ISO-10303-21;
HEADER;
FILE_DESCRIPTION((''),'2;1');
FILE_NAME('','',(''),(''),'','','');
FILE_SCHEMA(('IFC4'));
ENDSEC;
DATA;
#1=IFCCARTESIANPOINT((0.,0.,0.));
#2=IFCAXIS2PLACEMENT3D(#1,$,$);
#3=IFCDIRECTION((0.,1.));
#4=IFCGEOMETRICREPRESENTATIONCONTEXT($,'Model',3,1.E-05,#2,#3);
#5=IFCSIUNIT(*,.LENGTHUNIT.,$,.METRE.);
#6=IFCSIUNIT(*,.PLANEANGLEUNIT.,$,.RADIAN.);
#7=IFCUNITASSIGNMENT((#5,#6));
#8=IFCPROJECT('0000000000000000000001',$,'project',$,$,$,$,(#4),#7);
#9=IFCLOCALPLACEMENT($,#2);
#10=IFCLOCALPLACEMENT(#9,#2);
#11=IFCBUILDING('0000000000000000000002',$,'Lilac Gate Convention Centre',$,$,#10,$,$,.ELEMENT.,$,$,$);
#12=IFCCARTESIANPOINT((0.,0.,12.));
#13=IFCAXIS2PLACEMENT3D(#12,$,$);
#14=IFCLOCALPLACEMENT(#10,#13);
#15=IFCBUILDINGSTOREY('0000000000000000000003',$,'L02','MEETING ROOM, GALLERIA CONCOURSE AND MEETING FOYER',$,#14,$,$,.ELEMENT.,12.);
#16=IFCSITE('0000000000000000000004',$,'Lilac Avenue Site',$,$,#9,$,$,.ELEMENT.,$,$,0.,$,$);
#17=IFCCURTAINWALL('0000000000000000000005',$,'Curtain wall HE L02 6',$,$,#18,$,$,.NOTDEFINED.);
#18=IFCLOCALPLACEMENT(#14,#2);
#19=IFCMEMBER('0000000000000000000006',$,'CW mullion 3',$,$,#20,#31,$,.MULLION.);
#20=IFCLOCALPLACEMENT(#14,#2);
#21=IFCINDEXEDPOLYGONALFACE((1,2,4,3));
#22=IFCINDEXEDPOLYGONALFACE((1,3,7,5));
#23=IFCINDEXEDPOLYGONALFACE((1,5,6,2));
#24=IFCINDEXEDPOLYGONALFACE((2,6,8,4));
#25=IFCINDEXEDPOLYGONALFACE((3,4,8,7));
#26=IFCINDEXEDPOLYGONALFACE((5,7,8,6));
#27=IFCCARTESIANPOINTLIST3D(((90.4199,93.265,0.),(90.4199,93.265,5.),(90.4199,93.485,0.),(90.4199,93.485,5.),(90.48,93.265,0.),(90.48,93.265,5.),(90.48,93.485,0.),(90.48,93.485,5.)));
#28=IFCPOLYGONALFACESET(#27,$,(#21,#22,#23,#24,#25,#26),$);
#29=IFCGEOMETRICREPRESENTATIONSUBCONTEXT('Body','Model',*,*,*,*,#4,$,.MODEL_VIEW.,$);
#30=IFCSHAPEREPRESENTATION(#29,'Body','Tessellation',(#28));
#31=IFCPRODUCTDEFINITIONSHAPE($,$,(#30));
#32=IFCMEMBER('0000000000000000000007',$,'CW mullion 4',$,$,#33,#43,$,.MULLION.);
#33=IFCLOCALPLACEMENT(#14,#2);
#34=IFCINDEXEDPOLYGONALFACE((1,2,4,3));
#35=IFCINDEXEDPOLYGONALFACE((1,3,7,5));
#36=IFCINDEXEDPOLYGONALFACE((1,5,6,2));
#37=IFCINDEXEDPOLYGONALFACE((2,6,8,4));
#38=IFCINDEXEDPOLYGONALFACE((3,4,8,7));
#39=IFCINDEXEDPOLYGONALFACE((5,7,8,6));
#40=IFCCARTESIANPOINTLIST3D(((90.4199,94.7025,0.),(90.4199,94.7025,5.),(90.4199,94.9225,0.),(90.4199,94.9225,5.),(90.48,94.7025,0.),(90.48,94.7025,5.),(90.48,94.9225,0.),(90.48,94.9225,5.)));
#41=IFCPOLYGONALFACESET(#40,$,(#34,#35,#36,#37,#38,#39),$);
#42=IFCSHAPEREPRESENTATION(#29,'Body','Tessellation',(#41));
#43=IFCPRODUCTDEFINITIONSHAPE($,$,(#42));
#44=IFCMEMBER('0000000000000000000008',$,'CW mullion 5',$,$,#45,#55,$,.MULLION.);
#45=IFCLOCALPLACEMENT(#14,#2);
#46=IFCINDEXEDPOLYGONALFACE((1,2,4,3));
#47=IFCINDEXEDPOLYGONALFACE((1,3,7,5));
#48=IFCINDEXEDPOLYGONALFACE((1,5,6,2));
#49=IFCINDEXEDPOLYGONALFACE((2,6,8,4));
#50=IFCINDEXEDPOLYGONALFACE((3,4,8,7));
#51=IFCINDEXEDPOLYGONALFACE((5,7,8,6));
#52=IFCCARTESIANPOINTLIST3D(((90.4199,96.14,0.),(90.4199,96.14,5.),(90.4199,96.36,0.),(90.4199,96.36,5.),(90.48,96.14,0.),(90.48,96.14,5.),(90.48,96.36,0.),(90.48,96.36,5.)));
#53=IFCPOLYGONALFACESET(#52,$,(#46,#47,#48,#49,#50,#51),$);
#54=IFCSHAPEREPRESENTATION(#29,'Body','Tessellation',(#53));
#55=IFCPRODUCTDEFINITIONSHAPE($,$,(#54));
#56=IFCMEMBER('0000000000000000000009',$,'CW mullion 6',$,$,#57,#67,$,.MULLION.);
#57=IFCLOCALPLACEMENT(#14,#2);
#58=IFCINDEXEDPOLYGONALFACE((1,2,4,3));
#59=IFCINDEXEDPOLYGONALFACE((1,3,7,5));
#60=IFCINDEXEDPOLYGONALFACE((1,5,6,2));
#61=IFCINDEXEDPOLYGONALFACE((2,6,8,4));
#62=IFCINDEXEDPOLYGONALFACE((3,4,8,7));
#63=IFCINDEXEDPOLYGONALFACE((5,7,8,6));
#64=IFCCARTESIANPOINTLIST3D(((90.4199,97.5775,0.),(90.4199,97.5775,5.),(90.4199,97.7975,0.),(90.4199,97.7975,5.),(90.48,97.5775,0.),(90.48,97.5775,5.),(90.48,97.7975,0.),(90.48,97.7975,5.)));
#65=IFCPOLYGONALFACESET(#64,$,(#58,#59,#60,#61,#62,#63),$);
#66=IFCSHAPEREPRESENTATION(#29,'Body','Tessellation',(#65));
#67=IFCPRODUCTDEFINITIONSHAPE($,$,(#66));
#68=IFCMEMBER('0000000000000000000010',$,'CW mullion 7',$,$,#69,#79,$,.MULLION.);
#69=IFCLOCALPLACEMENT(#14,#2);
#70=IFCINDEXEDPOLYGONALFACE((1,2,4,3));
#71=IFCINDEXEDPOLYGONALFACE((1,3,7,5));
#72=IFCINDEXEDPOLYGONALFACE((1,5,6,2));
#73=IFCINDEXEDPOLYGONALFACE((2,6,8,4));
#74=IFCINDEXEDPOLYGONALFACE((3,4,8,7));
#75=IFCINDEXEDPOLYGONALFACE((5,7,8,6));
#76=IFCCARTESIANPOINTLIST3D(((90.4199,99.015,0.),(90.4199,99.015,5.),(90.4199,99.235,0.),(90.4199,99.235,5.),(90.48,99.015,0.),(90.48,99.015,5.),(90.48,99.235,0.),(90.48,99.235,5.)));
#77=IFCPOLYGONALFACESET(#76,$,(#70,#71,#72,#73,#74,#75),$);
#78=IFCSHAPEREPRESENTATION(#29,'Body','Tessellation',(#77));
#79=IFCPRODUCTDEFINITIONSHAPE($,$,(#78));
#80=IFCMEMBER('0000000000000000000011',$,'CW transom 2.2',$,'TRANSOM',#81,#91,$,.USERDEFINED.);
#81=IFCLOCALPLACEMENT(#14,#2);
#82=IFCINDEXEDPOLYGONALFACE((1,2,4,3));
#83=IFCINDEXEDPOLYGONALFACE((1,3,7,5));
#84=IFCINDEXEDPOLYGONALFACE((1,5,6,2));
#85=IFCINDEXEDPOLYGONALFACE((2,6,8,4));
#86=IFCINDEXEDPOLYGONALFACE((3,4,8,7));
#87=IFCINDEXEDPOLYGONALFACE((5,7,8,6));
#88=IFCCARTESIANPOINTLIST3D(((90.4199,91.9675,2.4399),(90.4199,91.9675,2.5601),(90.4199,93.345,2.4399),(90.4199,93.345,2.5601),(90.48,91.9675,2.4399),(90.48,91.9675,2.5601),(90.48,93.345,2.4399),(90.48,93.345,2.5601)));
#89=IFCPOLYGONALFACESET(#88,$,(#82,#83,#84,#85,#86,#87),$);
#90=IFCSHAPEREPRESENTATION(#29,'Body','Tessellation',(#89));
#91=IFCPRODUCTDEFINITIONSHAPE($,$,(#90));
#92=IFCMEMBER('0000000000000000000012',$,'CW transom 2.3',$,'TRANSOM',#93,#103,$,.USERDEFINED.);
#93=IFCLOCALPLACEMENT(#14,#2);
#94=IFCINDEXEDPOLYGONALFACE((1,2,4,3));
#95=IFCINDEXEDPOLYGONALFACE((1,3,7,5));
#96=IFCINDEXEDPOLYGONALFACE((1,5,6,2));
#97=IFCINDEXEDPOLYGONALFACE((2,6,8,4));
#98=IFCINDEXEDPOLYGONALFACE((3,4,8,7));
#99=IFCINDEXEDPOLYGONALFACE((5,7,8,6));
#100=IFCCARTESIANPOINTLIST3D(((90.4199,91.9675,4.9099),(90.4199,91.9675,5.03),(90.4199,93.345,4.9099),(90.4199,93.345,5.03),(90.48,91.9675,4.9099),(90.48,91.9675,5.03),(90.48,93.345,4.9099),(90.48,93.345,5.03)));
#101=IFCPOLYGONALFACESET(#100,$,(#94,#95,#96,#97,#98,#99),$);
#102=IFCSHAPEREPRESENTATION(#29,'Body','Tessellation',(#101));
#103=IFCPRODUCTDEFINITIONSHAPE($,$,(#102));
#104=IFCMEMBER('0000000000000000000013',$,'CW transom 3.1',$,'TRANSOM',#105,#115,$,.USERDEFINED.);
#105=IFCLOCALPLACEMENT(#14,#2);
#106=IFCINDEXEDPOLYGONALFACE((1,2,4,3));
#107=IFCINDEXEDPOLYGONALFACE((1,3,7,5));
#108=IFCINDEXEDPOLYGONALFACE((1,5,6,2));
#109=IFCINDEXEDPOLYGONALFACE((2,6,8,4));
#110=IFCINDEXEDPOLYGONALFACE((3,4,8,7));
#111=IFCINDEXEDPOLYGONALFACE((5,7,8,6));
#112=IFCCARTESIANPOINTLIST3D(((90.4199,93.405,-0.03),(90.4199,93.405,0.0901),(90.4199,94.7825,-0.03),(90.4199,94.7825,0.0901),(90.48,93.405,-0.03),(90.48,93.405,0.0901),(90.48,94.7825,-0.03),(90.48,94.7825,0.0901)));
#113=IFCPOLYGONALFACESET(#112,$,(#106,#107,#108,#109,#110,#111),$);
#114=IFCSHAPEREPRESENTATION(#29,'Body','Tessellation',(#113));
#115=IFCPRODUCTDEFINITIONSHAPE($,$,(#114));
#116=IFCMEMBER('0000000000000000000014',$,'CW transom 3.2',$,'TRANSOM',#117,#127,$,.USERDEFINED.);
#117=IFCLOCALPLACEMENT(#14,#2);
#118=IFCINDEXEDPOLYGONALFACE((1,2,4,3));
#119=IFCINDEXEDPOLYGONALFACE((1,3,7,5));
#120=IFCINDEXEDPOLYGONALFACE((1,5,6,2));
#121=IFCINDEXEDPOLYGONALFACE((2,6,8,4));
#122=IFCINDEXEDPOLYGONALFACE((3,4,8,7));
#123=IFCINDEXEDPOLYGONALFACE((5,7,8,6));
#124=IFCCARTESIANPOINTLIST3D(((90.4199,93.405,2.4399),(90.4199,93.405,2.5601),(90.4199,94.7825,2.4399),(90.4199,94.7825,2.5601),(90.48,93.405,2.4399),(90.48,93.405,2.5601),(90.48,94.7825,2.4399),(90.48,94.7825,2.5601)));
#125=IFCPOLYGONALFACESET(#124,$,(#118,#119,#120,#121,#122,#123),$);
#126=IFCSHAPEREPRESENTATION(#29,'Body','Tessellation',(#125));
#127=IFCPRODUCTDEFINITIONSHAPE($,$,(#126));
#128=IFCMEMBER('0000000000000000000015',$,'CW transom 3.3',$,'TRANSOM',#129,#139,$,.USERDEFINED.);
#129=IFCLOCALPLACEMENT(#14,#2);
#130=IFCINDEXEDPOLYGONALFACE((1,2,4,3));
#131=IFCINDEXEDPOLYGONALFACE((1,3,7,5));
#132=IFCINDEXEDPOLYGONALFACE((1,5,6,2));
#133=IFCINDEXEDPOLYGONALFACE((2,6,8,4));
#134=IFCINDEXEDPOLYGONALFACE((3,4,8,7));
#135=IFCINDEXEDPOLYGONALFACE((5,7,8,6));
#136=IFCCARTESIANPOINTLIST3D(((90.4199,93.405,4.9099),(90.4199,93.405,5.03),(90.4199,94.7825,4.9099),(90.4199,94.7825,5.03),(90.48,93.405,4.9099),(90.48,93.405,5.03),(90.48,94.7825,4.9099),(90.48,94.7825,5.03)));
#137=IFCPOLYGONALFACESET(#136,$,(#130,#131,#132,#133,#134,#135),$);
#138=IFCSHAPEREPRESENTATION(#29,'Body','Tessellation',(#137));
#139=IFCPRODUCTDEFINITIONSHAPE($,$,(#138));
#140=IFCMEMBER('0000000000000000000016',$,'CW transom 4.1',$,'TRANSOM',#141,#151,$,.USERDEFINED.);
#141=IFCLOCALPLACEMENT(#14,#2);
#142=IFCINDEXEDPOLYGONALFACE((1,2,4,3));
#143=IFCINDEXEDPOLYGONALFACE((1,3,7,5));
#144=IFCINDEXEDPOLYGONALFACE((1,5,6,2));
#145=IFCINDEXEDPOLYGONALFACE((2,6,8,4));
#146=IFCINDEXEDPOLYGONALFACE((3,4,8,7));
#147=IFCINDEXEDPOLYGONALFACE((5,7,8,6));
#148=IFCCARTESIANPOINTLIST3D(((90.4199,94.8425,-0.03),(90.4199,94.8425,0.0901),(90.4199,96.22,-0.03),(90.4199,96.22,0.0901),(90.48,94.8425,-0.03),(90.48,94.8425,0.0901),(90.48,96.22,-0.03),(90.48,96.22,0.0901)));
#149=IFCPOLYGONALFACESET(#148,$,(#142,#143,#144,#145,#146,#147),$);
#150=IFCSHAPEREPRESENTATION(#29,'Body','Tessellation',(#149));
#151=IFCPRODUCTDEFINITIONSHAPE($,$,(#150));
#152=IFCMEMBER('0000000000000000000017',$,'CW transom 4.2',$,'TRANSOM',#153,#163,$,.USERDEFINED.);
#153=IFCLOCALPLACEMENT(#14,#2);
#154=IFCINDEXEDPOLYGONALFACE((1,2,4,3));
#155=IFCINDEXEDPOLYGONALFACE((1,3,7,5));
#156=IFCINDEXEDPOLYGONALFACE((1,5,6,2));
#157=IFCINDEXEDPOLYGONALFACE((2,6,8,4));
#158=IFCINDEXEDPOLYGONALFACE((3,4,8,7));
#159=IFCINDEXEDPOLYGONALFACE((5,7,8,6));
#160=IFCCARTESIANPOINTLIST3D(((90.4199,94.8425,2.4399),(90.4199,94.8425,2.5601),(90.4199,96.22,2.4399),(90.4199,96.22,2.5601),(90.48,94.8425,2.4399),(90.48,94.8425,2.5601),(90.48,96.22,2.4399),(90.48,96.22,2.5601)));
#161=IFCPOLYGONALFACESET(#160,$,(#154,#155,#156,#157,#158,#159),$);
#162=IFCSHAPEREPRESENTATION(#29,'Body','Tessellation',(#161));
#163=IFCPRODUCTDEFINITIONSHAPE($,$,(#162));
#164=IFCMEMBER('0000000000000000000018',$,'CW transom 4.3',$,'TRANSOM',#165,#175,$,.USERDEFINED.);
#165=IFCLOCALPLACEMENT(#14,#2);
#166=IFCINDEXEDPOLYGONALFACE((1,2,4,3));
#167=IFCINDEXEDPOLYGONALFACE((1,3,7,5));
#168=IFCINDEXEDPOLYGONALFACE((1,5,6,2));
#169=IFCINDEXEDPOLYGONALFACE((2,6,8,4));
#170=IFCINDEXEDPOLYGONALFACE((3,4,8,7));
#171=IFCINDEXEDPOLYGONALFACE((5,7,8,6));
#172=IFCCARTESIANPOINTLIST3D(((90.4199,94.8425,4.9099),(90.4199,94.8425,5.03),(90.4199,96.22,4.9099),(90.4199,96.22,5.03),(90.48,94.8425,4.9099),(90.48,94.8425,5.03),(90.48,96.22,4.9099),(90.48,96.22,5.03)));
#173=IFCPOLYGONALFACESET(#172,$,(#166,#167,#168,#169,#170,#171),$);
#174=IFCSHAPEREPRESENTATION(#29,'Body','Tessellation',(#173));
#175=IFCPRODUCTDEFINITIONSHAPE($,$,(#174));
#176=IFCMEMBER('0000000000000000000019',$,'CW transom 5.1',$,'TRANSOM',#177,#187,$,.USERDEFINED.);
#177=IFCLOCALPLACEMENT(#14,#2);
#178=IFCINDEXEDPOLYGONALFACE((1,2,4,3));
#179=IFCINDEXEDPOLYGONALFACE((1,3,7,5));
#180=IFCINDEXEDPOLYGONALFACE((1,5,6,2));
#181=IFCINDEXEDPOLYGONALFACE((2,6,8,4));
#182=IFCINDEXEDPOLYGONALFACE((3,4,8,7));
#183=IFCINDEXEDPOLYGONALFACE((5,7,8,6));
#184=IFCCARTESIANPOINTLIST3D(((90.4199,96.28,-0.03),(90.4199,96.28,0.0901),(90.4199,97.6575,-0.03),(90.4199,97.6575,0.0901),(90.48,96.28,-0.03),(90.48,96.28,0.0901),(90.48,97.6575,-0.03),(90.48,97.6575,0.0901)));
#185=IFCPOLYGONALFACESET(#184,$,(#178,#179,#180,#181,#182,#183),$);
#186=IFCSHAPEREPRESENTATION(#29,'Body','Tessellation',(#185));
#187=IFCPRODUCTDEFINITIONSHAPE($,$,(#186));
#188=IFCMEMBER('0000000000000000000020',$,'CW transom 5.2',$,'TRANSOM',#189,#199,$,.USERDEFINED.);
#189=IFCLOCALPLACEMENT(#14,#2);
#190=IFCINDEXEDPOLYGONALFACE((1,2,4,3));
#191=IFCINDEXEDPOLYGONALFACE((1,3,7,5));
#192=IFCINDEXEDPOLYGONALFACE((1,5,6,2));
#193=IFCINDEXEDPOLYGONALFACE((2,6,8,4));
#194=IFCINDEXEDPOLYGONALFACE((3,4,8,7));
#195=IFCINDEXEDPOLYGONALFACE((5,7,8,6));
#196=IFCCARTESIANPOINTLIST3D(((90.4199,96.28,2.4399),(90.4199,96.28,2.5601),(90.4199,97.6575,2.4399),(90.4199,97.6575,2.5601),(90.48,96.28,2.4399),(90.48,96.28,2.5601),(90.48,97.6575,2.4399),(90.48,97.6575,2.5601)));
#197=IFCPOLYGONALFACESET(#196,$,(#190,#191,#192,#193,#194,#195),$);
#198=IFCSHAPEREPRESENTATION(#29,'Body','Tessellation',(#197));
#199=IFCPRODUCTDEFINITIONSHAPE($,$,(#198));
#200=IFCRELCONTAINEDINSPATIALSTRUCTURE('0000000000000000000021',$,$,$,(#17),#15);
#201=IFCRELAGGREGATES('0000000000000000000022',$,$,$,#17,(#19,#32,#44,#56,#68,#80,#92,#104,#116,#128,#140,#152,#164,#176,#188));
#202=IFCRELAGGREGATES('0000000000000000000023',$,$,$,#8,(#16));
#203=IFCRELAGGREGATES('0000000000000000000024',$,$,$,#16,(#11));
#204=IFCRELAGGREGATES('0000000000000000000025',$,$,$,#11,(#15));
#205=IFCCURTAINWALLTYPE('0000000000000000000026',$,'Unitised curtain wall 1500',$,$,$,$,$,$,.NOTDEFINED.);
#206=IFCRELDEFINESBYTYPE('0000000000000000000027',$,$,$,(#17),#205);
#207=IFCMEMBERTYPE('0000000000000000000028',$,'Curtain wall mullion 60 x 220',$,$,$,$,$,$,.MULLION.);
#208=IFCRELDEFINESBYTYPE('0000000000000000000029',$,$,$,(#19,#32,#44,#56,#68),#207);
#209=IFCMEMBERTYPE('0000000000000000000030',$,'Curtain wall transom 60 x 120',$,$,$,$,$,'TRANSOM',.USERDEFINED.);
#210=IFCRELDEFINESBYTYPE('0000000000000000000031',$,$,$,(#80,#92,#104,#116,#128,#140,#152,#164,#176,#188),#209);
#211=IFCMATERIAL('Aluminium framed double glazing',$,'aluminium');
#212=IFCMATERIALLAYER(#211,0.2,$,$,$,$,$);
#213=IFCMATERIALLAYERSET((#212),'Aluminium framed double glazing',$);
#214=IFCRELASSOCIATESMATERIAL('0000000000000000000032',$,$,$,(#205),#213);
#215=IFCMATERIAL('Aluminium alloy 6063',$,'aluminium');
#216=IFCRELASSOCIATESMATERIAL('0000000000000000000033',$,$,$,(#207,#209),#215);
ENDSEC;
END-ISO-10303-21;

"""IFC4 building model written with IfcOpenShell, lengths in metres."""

from ifc_helpers import new_model, si_unit, direction, frame, origin, origin_2d, place, context, subcontext, project, spatial, rectangle, extrude, material, layer, layer_set, material_profile, profile_set, type_object, element, aggregate, save


model = new_model("IFC4")

# Units and contexts
model_context = context("Model", 3, precision=1e-05, world=origin(), true_north=direction((0.0, 1.0)))
body_context = subcontext(model_context, "Body", "Model", "MODEL_VIEW")
ifc_project = project(units=[si_unit("LENGTHUNIT", "METRE"), si_unit("PLANEANGLEUNIT", "RADIAN")], contexts=[model_context])

# Site, building, storey
site_placement = place(None, origin())
site = spatial("IfcSite", under=ifc_project, at=site_placement, Name="Lilac Avenue Site", CompositionType="ELEMENT", RefElevation=0.0)
building_placement = place(site_placement, origin())
building = spatial("IfcBuilding", under=site, at=building_placement, Name="Lilac Gate Convention Centre", CompositionType="ELEMENT")
storey_placement = place(building_placement, frame((0.0, 0.0, 12.0)))
storey = spatial("IfcBuildingStorey", under=building, at=storey_placement, Name="L02", Description="MEETING ROOM, GALLERIA CONCOURSE AND MEETING FOYER", CompositionType="ELEMENT", Elevation=12.0)

# Curtain wall, members
ifc_material_1 = material(Name="Aluminium framed double glazing", Category="aluminium")
ifc_layer_1 = layer(ifc_material_1, 0.2)
ifc_layer_set_1 = layer_set([ifc_layer_1], Name="Aluminium framed double glazing")
curtain_wall_type = type_object("IfcCurtainWallType", Name="Unitised curtain wall 1500", PredefinedType="NOTDEFINED", material=ifc_layer_set_1)
curtain_wall_placement = place(storey_placement, origin())
curtain_wall = element("IfcCurtainWall", 1, at=curtain_wall_placement, inside=storey, type_object=curtain_wall_type, Name="Curtain wall HE L02 6", PredefinedType="NOTDEFINED")
ifc_material_2 = material(Name="Aluminium alloy 6063", Category="aluminium")
ifc_material_profile_1 = material_profile(ifc_material_2, rectangle(XDim=0.0601, YDim=0.22, at=origin_2d()), Name="Curtain wall mullion 60 x 220")
ifc_profile_set_1 = profile_set([ifc_material_profile_1], Name="Aluminium alloy 6063")
member_type_1 = type_object("IfcMemberType", Name="Curtain wall mullion 60 x 220", PredefinedType="MULLION", material=ifc_profile_set_1)
member_1_placement = place(storey_placement, frame((90.45, 93.375, 0.0), z_axis=(0.0, 0.0, 1.0), x_axis=(-1.0, 0.0, 0.0)))
member_1 = element("IfcMember", 2, at=member_1_placement, type_object=member_type_1, Name="CW mullion 3", PredefinedType="MULLION", context=body_context, shape_type="SweptSolid", body=[
    extrude(rectangle(XDim=0.0601, YDim=0.22, at=origin_2d()), origin(), (0.0, 0.0, 1.0), 5.0),
])
member_2_placement = place(storey_placement, frame((90.45, 94.8125, 0.0), z_axis=(0.0, 0.0, 1.0), x_axis=(-1.0, 0.0, 0.0)))
member_2 = element("IfcMember", 3, at=member_2_placement, type_object=member_type_1, Name="CW mullion 4", PredefinedType="MULLION", context=body_context, shape_type="SweptSolid", body=[
    extrude(rectangle(XDim=0.0601, YDim=0.22, at=origin_2d()), origin(), (0.0, 0.0, 1.0), 5.0),
])
member_3_placement = place(storey_placement, frame((90.45, 96.25, 0.0), z_axis=(0.0, 0.0, 1.0), x_axis=(-1.0, 0.0, 0.0)))
member_3 = element("IfcMember", 4, at=member_3_placement, type_object=member_type_1, Name="CW mullion 5", PredefinedType="MULLION", context=body_context, shape_type="SweptSolid", body=[
    extrude(rectangle(XDim=0.0601, YDim=0.22, at=origin_2d()), origin(), (0.0, 0.0, 1.0), 5.0),
])
member_4_placement = place(storey_placement, frame((90.45, 97.6875, 0.0), z_axis=(0.0, 0.0, 1.0), x_axis=(-1.0, 0.0, 0.0)))
member_4 = element("IfcMember", 5, at=member_4_placement, type_object=member_type_1, Name="CW mullion 6", PredefinedType="MULLION", context=body_context, shape_type="SweptSolid", body=[
    extrude(rectangle(XDim=0.0601, YDim=0.22, at=origin_2d()), origin(), (0.0, 0.0, 1.0), 5.0),
])
member_5_placement = place(storey_placement, frame((90.45, 99.125, 0.0), z_axis=(0.0, 0.0, 1.0), x_axis=(-1.0, 0.0, 0.0)))
member_5 = element("IfcMember", 6, at=member_5_placement, type_object=member_type_1, Name="CW mullion 7", PredefinedType="MULLION", context=body_context, shape_type="SweptSolid", body=[
    extrude(rectangle(XDim=0.0601, YDim=0.22, at=origin_2d()), origin(), (0.0, 0.0, 1.0), 5.0),
])
ifc_material_profile_2 = material_profile(ifc_material_2, rectangle(XDim=0.0601, YDim=0.1201, at=origin_2d()), Name="Curtain wall transom 60 x 120")
ifc_profile_set_2 = profile_set([ifc_material_profile_2], Name="Aluminium alloy 6063")
member_type_2 = type_object("IfcMemberType", Name="Curtain wall transom 60 x 120", ElementType="TRANSOM", PredefinedType="USERDEFINED", material=ifc_profile_set_2)
member_6_placement = place(storey_placement, frame((90.45, 91.9675, 2.5), z_axis=(0.0, 1.0, 0.0), x_axis=(-1.0, 0.0, 0.0)))
member_6 = element("IfcMember", 7, at=member_6_placement, type_object=member_type_2, Name="CW transom 2.2", ObjectType="TRANSOM", PredefinedType="USERDEFINED", context=body_context, shape_type="SweptSolid", body=[
    extrude(rectangle(XDim=0.0601, YDim=0.1201, at=origin_2d()), origin(), (0.0, 0.0, 1.0), 1.3774),
])
member_7_placement = place(storey_placement, frame((90.45, 91.9675, 4.97), z_axis=(0.0, 1.0, 0.0), x_axis=(-1.0, 0.0, 0.0)))
member_7 = element("IfcMember", 8, at=member_7_placement, type_object=member_type_2, Name="CW transom 2.3", ObjectType="TRANSOM", PredefinedType="USERDEFINED", context=body_context, shape_type="SweptSolid", body=[
    extrude(rectangle(XDim=0.0601, YDim=0.1201, at=origin_2d()), origin(), (0.0, 0.0, 1.0), 1.3774),
])
member_8_placement = place(storey_placement, frame((90.45, 93.405, 0.03), z_axis=(0.0, 1.0, 0.0), x_axis=(-1.0, 0.0, 0.0)))
member_8 = element("IfcMember", 9, at=member_8_placement, type_object=member_type_2, Name="CW transom 3.1", ObjectType="TRANSOM", PredefinedType="USERDEFINED", context=body_context, shape_type="SweptSolid", body=[
    extrude(rectangle(XDim=0.0601, YDim=0.1201, at=origin_2d()), origin(), (0.0, 0.0, 1.0), 1.3774),
])
member_9_placement = place(storey_placement, frame((90.45, 93.405, 2.5), z_axis=(0.0, 1.0, 0.0), x_axis=(-1.0, 0.0, 0.0)))
member_9 = element("IfcMember", 10, at=member_9_placement, type_object=member_type_2, Name="CW transom 3.2", ObjectType="TRANSOM", PredefinedType="USERDEFINED", context=body_context, shape_type="SweptSolid", body=[
    extrude(rectangle(XDim=0.0601, YDim=0.1201, at=origin_2d()), origin(), (0.0, 0.0, 1.0), 1.3774),
])
member_10_placement = place(storey_placement, frame((90.45, 93.405, 4.97), z_axis=(0.0, 1.0, 0.0), x_axis=(-1.0, 0.0, 0.0)))
member_10 = element("IfcMember", 11, at=member_10_placement, type_object=member_type_2, Name="CW transom 3.3", ObjectType="TRANSOM", PredefinedType="USERDEFINED", context=body_context, shape_type="SweptSolid", body=[
    extrude(rectangle(XDim=0.0601, YDim=0.1201, at=origin_2d()), origin(), (0.0, 0.0, 1.0), 1.3774),
])
member_11_placement = place(storey_placement, frame((90.45, 94.8425, 0.03), z_axis=(0.0, 1.0, 0.0), x_axis=(-1.0, 0.0, 0.0)))
member_11 = element("IfcMember", 12, at=member_11_placement, type_object=member_type_2, Name="CW transom 4.1", ObjectType="TRANSOM", PredefinedType="USERDEFINED", context=body_context, shape_type="SweptSolid", body=[
    extrude(rectangle(XDim=0.0601, YDim=0.1201, at=origin_2d()), origin(), (0.0, 0.0, 1.0), 1.3774),
])
member_12_placement = place(storey_placement, frame((90.45, 94.8425, 2.5), z_axis=(0.0, 1.0, 0.0), x_axis=(-1.0, 0.0, 0.0)))
member_12 = element("IfcMember", 13, at=member_12_placement, type_object=member_type_2, Name="CW transom 4.2", ObjectType="TRANSOM", PredefinedType="USERDEFINED", context=body_context, shape_type="SweptSolid", body=[
    extrude(rectangle(XDim=0.0601, YDim=0.1201, at=origin_2d()), origin(), (0.0, 0.0, 1.0), 1.3774),
])
member_13_placement = place(storey_placement, frame((90.45, 94.8425, 4.97), z_axis=(0.0, 1.0, 0.0), x_axis=(-1.0, 0.0, 0.0)))
member_13 = element("IfcMember", 14, at=member_13_placement, type_object=member_type_2, Name="CW transom 4.3", ObjectType="TRANSOM", PredefinedType="USERDEFINED", context=body_context, shape_type="SweptSolid", body=[
    extrude(rectangle(XDim=0.0601, YDim=0.1201, at=origin_2d()), origin(), (0.0, 0.0, 1.0), 1.3774),
])
member_14_placement = place(storey_placement, frame((90.45, 96.28, 0.03), z_axis=(0.0, 1.0, 0.0), x_axis=(-1.0, 0.0, 0.0)))
member_14 = element("IfcMember", 15, at=member_14_placement, type_object=member_type_2, Name="CW transom 5.1", ObjectType="TRANSOM", PredefinedType="USERDEFINED", context=body_context, shape_type="SweptSolid", body=[
    extrude(rectangle(XDim=0.0601, YDim=0.1201, at=origin_2d()), origin(), (0.0, 0.0, 1.0), 1.3774),
])
member_15_placement = place(storey_placement, frame((90.45, 96.28, 2.5), z_axis=(0.0, 1.0, 0.0), x_axis=(-1.0, 0.0, 0.0)))
member_15 = element("IfcMember", 16, at=member_15_placement, type_object=member_type_2, Name="CW transom 5.2", ObjectType="TRANSOM", PredefinedType="USERDEFINED", context=body_context, shape_type="SweptSolid", body=[
    extrude(rectangle(XDim=0.0601, YDim=0.1201, at=origin_2d()), origin(), (0.0, 0.0, 1.0), 1.3774),
])
aggregate(curtain_wall, [member_1, member_2, member_3, member_4, member_5, member_6, member_7, member_8, member_9, member_10, member_11, member_12, member_13, member_14, member_15])

save(model, "model.ifc")
